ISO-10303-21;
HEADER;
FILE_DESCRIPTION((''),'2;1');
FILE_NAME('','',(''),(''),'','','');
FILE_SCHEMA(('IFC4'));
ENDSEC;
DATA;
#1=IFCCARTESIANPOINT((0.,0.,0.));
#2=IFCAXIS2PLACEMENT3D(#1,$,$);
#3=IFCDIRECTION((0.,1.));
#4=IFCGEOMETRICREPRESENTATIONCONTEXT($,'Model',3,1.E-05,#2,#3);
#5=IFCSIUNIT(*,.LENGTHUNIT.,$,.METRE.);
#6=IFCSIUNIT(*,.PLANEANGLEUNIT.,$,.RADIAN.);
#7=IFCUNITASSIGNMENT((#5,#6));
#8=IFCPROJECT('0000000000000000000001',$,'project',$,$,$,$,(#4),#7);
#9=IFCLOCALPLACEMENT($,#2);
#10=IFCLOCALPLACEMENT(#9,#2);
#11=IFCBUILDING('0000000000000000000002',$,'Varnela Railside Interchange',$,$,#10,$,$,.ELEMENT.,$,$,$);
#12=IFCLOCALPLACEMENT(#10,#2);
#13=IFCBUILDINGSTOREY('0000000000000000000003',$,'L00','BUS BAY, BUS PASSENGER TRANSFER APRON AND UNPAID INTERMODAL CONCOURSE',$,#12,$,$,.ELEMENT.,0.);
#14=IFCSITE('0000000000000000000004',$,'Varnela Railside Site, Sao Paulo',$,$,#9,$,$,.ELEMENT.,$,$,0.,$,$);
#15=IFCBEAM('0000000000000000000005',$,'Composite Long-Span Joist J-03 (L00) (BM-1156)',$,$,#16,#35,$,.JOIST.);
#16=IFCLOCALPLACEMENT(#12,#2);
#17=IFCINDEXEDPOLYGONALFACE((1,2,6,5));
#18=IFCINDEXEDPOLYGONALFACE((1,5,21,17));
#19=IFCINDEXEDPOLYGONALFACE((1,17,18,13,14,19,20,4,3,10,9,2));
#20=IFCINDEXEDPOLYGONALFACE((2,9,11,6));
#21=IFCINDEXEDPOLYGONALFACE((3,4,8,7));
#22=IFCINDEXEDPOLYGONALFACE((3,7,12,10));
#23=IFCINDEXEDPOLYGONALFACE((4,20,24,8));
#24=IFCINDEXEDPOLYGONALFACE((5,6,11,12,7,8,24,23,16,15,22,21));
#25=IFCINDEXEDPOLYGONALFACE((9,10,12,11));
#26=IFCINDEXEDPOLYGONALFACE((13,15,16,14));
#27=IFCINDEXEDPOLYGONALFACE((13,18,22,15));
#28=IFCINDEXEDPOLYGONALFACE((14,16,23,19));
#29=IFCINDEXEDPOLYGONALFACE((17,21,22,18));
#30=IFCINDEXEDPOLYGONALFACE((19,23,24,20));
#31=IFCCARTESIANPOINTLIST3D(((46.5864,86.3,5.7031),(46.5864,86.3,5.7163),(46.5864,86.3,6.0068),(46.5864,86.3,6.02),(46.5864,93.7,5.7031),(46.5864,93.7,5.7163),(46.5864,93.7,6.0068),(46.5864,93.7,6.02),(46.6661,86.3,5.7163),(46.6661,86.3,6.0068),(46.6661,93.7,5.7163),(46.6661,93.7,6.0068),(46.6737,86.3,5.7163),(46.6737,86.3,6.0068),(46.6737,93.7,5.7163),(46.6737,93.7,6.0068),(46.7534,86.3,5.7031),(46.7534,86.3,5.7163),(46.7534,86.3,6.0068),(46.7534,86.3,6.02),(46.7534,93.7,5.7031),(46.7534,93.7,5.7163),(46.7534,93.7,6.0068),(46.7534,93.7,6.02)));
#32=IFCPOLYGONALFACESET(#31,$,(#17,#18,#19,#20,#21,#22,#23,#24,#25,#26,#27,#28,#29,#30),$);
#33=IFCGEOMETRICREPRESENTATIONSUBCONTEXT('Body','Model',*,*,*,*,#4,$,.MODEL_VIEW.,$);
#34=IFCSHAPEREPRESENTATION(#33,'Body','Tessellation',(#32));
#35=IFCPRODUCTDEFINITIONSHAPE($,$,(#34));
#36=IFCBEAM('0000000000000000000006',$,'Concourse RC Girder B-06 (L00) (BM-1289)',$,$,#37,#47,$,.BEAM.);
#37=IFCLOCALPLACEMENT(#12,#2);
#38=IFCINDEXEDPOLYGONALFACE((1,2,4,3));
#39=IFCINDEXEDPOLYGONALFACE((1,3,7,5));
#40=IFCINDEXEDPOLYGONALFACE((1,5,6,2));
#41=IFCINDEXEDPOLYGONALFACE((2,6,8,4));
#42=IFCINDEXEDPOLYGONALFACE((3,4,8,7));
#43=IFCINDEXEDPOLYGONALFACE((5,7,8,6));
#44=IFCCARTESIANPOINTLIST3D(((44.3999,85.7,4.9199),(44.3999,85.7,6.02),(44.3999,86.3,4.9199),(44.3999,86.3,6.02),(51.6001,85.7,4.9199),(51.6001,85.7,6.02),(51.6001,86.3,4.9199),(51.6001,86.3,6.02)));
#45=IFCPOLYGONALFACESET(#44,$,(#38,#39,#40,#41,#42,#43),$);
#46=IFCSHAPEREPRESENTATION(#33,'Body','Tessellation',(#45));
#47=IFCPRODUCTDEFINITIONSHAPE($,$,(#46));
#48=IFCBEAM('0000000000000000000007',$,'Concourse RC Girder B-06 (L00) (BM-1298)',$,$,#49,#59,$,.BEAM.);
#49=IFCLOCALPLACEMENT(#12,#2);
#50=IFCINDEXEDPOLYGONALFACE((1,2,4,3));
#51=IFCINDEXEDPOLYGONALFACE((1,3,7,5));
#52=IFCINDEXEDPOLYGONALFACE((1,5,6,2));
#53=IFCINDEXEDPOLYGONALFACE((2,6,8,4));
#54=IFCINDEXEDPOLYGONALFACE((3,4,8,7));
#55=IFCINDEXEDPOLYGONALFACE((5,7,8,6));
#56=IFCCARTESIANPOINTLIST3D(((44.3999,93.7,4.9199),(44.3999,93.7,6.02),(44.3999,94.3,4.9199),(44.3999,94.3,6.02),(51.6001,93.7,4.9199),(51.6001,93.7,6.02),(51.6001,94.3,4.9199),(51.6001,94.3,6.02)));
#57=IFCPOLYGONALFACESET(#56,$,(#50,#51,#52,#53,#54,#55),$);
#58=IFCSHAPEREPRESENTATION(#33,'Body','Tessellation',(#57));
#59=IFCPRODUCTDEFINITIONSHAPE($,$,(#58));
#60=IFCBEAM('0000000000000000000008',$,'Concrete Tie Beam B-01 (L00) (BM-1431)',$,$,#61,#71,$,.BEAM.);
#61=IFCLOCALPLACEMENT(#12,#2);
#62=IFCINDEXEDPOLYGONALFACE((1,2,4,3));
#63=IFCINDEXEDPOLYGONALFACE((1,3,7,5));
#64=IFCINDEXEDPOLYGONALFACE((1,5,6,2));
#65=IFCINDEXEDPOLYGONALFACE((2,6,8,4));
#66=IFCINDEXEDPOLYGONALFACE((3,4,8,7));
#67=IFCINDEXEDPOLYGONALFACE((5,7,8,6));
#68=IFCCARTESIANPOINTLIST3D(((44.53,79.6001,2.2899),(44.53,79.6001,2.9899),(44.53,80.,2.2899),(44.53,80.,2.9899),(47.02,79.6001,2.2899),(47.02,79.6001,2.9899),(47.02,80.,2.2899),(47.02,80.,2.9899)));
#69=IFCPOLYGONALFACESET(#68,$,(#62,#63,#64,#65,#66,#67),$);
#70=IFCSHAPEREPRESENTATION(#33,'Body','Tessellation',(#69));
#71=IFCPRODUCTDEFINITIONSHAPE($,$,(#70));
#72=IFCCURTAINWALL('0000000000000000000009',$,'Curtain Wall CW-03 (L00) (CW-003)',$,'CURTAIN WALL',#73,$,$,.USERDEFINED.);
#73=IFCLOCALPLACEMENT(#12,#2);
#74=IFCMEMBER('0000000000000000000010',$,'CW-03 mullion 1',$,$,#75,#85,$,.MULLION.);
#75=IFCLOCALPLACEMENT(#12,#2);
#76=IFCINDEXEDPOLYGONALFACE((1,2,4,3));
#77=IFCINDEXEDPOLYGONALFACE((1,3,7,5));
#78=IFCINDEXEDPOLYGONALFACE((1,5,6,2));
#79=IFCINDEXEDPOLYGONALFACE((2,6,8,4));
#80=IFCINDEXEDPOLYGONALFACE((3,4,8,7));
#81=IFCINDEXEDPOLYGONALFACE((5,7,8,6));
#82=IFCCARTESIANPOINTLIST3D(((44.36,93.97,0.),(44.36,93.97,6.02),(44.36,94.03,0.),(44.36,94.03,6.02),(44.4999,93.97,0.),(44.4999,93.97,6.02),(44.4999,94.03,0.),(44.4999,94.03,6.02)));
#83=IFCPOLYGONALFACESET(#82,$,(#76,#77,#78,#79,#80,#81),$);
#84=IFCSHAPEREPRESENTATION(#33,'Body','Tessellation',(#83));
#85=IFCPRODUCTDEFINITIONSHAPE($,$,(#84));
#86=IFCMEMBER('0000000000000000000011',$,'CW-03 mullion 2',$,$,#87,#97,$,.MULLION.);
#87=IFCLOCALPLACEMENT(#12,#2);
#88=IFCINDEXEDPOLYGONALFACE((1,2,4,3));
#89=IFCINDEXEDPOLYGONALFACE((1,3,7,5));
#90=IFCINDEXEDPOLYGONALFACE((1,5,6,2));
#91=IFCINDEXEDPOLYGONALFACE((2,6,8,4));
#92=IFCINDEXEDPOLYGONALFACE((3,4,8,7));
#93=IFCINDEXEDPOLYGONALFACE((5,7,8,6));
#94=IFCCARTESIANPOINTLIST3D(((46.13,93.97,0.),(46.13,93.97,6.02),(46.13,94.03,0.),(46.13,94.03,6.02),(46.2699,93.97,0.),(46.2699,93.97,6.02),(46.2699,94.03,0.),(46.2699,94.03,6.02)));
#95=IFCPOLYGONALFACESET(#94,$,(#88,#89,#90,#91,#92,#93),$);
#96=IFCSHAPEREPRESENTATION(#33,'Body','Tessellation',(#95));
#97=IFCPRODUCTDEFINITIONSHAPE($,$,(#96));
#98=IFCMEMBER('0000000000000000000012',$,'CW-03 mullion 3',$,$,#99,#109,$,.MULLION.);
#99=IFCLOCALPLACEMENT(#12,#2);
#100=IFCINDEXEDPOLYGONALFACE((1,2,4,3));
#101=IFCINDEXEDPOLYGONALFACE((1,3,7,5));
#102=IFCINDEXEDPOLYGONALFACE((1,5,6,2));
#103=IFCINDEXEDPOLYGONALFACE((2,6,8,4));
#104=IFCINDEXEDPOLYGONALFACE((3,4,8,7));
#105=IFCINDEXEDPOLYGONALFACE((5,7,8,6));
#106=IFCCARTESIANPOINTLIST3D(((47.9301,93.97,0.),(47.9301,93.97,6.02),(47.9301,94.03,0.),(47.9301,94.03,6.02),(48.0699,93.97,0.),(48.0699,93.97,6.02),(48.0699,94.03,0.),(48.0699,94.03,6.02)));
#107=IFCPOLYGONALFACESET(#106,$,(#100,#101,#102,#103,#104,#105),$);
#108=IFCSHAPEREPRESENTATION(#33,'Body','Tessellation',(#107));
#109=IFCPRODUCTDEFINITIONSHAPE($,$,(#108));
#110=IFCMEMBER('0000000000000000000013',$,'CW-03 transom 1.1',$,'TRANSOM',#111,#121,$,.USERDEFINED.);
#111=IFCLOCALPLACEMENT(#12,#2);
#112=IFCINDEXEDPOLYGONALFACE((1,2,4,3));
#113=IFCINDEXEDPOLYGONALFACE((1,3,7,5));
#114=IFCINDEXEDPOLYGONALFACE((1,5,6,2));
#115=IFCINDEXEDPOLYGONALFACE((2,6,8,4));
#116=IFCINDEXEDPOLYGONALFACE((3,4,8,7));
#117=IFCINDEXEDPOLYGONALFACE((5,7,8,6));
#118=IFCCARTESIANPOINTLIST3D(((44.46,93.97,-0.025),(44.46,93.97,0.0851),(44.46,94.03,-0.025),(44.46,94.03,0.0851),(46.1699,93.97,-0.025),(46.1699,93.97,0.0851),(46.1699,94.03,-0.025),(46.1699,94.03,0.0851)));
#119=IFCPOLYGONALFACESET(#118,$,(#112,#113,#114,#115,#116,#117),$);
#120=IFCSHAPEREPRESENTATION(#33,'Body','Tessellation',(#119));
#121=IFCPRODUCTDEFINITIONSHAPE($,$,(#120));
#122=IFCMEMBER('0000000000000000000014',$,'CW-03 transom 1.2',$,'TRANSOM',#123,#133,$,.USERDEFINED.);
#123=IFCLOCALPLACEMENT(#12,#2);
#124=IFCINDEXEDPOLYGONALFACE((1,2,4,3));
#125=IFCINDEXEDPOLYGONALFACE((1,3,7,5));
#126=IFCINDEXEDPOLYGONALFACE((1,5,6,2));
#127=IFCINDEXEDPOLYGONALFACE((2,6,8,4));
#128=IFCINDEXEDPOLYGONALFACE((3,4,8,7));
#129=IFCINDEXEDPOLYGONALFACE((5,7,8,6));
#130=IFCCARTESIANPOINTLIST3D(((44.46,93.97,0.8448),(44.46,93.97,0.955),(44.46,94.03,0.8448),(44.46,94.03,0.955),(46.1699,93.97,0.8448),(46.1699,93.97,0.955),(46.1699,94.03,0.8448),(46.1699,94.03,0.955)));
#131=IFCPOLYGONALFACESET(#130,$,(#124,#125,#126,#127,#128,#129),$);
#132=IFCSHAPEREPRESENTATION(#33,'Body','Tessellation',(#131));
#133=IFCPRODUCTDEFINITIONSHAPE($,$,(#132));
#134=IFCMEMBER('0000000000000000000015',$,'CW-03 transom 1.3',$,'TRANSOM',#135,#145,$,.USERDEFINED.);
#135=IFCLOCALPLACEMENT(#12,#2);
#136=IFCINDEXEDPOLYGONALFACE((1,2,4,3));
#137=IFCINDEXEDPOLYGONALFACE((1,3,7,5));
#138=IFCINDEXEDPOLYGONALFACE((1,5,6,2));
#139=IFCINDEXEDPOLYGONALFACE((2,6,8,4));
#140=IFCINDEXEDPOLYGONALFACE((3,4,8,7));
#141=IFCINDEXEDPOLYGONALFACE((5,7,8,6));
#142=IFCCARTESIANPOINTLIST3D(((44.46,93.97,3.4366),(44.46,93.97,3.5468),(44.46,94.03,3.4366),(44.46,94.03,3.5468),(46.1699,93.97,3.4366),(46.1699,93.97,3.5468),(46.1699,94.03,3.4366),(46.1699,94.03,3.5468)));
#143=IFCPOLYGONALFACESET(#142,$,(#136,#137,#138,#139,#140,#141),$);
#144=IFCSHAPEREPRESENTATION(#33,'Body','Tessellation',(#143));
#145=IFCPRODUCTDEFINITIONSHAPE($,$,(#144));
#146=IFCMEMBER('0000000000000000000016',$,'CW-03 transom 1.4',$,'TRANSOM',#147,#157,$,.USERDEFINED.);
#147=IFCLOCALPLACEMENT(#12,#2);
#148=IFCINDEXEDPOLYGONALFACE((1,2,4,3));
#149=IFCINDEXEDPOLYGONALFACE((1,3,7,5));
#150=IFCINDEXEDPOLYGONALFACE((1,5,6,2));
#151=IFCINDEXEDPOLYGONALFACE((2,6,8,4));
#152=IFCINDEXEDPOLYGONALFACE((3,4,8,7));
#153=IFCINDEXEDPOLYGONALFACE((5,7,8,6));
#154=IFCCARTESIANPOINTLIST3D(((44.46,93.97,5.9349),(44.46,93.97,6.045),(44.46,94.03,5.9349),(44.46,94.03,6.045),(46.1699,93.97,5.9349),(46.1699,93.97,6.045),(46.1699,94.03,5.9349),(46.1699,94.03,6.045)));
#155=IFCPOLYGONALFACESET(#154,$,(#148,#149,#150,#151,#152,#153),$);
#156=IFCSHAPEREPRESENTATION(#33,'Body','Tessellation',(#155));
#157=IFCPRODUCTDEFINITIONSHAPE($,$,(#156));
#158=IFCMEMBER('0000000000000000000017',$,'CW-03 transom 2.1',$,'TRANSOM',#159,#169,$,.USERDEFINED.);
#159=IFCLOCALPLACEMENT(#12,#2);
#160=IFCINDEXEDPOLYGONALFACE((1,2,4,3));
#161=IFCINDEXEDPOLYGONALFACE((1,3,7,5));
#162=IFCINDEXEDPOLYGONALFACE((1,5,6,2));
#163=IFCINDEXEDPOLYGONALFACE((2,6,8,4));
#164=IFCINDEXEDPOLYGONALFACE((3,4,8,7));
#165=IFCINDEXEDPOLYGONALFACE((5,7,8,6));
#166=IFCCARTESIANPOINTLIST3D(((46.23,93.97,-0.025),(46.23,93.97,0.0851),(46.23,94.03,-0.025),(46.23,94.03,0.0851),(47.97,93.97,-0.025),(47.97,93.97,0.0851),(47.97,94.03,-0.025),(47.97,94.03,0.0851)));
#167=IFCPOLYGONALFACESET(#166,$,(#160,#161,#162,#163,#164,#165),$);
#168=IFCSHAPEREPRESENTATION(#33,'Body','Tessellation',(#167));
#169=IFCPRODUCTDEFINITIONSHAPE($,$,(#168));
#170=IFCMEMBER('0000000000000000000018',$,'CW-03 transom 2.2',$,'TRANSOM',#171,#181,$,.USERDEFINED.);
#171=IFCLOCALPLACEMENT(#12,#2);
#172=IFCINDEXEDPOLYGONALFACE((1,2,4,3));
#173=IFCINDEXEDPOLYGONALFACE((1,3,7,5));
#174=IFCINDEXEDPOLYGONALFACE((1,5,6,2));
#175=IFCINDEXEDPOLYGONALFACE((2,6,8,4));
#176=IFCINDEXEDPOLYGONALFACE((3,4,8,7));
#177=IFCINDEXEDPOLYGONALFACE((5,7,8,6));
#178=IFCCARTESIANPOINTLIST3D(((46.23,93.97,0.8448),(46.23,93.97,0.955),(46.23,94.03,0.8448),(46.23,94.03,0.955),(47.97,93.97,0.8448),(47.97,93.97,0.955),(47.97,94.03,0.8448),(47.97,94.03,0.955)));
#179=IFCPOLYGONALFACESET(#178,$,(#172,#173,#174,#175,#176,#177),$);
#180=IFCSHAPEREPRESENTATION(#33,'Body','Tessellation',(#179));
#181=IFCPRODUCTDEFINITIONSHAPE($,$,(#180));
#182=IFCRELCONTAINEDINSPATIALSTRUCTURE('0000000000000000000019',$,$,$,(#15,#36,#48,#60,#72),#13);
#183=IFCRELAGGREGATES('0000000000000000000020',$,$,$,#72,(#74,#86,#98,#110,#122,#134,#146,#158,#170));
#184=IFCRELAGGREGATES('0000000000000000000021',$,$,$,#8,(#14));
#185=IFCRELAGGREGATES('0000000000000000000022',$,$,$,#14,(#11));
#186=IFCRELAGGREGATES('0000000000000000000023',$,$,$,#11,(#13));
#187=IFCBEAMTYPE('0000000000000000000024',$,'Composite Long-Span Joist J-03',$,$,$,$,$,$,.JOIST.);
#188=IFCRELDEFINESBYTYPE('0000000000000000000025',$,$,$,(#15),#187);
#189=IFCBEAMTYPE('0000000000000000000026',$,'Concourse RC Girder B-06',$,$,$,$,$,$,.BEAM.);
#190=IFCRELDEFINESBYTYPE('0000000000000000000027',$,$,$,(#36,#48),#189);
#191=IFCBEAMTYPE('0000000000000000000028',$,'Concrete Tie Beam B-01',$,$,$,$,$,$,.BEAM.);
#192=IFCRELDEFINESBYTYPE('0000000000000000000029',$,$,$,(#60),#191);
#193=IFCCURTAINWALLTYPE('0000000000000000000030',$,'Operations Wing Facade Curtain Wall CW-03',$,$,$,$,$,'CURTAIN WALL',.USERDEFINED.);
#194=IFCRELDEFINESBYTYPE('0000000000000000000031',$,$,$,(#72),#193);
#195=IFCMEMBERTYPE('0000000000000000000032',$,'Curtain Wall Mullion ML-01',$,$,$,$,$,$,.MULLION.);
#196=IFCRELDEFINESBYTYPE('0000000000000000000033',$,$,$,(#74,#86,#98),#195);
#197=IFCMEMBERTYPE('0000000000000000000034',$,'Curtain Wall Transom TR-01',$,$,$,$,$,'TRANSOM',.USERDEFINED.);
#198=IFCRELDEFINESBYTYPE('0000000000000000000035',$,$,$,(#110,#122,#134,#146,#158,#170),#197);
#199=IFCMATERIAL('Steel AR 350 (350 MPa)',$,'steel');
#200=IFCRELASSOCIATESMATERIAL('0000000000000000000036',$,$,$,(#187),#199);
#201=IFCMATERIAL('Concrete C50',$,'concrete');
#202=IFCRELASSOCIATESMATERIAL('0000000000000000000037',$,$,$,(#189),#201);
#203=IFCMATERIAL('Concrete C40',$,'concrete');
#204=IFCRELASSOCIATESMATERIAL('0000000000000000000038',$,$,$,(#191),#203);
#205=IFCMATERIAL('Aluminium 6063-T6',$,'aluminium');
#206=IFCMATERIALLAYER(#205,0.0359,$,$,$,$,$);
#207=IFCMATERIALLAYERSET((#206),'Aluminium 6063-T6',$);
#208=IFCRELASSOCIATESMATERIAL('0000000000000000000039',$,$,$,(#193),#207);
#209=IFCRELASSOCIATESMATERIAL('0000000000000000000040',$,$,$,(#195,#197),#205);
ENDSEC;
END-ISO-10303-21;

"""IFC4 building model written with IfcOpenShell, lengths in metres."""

from ifc_helpers import new_model, si_unit, direction, frame, origin, origin_2d, place, context, subcontext, project, spatial, rectangle, i_section, extrude, material, layer, layer_set, material_profile, profile_set, type_object, element, aggregate, save


model = new_model("IFC4")

# Units and contexts
model_context = context("Model", 3, precision=1e-05, world=origin(), true_north=direction((0.0, 1.0)))
body_context = subcontext(model_context, "Body", "Model", "MODEL_VIEW")
ifc_project = project(units=[si_unit("LENGTHUNIT", "METRE"), si_unit("PLANEANGLEUNIT", "RADIAN")], contexts=[model_context])

# Site, building, storey
site_placement = place(None, origin())
site = spatial("IfcSite", under=ifc_project, at=site_placement, Name="Varnela Railside Site, Sao Paulo", CompositionType="ELEMENT", RefElevation=0.0)
building_placement = place(site_placement, origin())
building = spatial("IfcBuilding", under=site, at=building_placement, Name="Varnela Railside Interchange", CompositionType="ELEMENT")
storey_placement = place(building_placement, origin())
storey = spatial("IfcBuildingStorey", under=building, at=storey_placement, Name="L00", Description="BUS BAY, BUS PASSENGER TRANSFER APRON AND UNPAID INTERMODAL CONCOURSE", CompositionType="ELEMENT", Elevation=0.0)

# Beams
ifc_material_1 = material(Name="Steel AR 350 (350 MPa)", Category="steel")
ifc_material_profile_1 = material_profile(ifc_material_1, i_section(OverallWidth=0.167, OverallDepth=0.3169, WebThickness=0.0076, FlangeThickness=0.0132, at=origin_2d()), Name="W310x52")
ifc_profile_set_1 = profile_set([ifc_material_profile_1], Name="Steel AR 350 (350 MPa)")
beam_type_1 = type_object("IfcBeamType", Name="Composite Long-Span Joist J-03", PredefinedType="JOIST", material=ifc_profile_set_1)
beam_1_placement = place(storey_placement, frame((46.6699, 86.3, 5.8616), z_axis=(0.0, 1.0, 0.0), x_axis=(-1.0, 0.0, 0.0)))
element("IfcBeam", 1, at=beam_1_placement, inside=storey, type_object=beam_type_1, Name="Composite Long-Span Joist J-03 (L00) (BM-1156)", PredefinedType="JOIST", context=body_context, shape_type="SweptSolid", body=[
    extrude(i_section(OverallWidth=0.167, OverallDepth=0.3169, WebThickness=0.0076, FlangeThickness=0.0132, at=origin_2d()), origin(), (0.0, 0.0, 1.0), 7.3999),
])
ifc_material_2 = material(Name="Concrete C50", Category="concrete")
ifc_material_profile_2 = material_profile(ifc_material_2, rectangle(XDim=0.6001, YDim=1.1001, at=origin_2d()), Name="RC 600x1100")
ifc_profile_set_2 = profile_set([ifc_material_profile_2], Name="Concrete C50")
beam_type_2 = type_object("IfcBeamType", Name="Concourse RC Girder B-06", PredefinedType="BEAM", material=ifc_profile_set_2)
for number, where, z_axis, x_axis, name in (
    (2, (44.3999, 86.0, 5.47), (1.0, 0.0, 0.0), (0.0, 1.0, 0.0), "Concourse RC Girder B-06 (L00) (BM-1289)"),
    (3, (44.3999, 94.0, 5.47), (1.0, 0.0, 0.0), (0.0, 1.0, 0.0), "Concourse RC Girder B-06 (L00) (BM-1298)"),
):
    element("IfcBeam", number, at=place(storey_placement, frame(where, z_axis=z_axis, x_axis=x_axis)), inside=storey, type_object=beam_type_2, Name=name, PredefinedType="BEAM", context=body_context, shape_type="SweptSolid", body=[
        extrude(rectangle(XDim=0.6001, YDim=1.1001, at=origin_2d()), origin(), (0.0, 0.0, 1.0), 7.2002),
    ])
ifc_material_3 = material(Name="Concrete C40", Category="concrete")
ifc_material_profile_3 = material_profile(ifc_material_3, rectangle(XDim=0.3999, YDim=0.7, at=origin_2d()), Name="RC 400x700")
ifc_profile_set_3 = profile_set([ifc_material_profile_3], Name="Concrete C40")
beam_type_3 = type_object("IfcBeamType", Name="Concrete Tie Beam B-01", PredefinedType="BEAM", material=ifc_profile_set_3)
beam_2_placement = place(storey_placement, frame((44.53, 79.8, 2.6399), z_axis=(1.0, 0.0, 0.0), x_axis=(0.0, 1.0, 0.0)))
element("IfcBeam", 4, at=beam_2_placement, inside=storey, type_object=beam_type_3, Name="Concrete Tie Beam B-01 (L00) (BM-1431)", PredefinedType="BEAM", context=body_context, shape_type="SweptSolid", body=[
    extrude(rectangle(XDim=0.3999, YDim=0.7, at=origin_2d()), origin(), (0.0, 0.0, 1.0), 2.49),
])

# Curtain wall, members
ifc_material_4 = material(Name="Aluminium 6063-T6", Category="aluminium")
ifc_layer_1 = layer(ifc_material_4, 0.0359)
ifc_layer_set_1 = layer_set([ifc_layer_1], Name="Aluminium 6063-T6")
curtain_wall_type = type_object("IfcCurtainWallType", Name="Operations Wing Facade Curtain Wall CW-03", ElementType="CURTAIN WALL", PredefinedType="USERDEFINED", material=ifc_layer_set_1)
curtain_wall_placement = place(storey_placement, origin())
curtain_wall = element("IfcCurtainWall", 5, at=curtain_wall_placement, inside=storey, type_object=curtain_wall_type, Name="Curtain Wall CW-03 (L00) (CW-003)", ObjectType="CURTAIN WALL", PredefinedType="USERDEFINED")
ifc_material_profile_4 = material_profile(ifc_material_4, rectangle(XDim=0.0601, YDim=0.1399, at=origin_2d()), Name="ALU 60x140")
ifc_profile_set_4 = profile_set([ifc_material_profile_4], Name="Aluminium 6063-T6")
member_type_1 = type_object("IfcMemberType", Name="Curtain Wall Mullion ML-01", PredefinedType="MULLION", material=ifc_profile_set_4)
member_1_placement = place(storey_placement, frame((44.4299, 94.0, 0.0), z_axis=(0.0, 0.0, 1.0), x_axis=(0.0, 1.0, 0.0)))
member_1 = element("IfcMember", 6, at=member_1_placement, type_object=member_type_1, Name="CW-03 mullion 1", PredefinedType="MULLION", context=body_context, shape_type="SweptSolid", body=[
    extrude(rectangle(XDim=0.0601, YDim=0.1399, at=origin_2d()), origin(), (0.0, 0.0, 1.0), 6.02),
])
member_2_placement = place(storey_placement, frame((46.2, 94.0, 0.0), z_axis=(0.0, 0.0, 1.0), x_axis=(0.0, 1.0, 0.0)))
member_2 = element("IfcMember", 7, at=member_2_placement, type_object=member_type_1, Name="CW-03 mullion 2", PredefinedType="MULLION", context=body_context, shape_type="SweptSolid", body=[
    extrude(rectangle(XDim=0.0601, YDim=0.1399, at=origin_2d()), origin(), (0.0, 0.0, 1.0), 6.02),
])
member_3_placement = place(storey_placement, frame((48.0, 94.0, 0.0), z_axis=(0.0, 0.0, 1.0), x_axis=(0.0, 1.0, 0.0)))
member_3 = element("IfcMember", 8, at=member_3_placement, type_object=member_type_1, Name="CW-03 mullion 3", PredefinedType="MULLION", context=body_context, shape_type="SweptSolid", body=[
    extrude(rectangle(XDim=0.0601, YDim=0.1399, at=origin_2d()), origin(), (0.0, 0.0, 1.0), 6.02),
])
ifc_material_profile_5 = material_profile(ifc_material_4, rectangle(XDim=0.0601, YDim=0.1101, at=origin_2d()), Name="ALU 60x110")
ifc_profile_set_5 = profile_set([ifc_material_profile_5], Name="Aluminium 6063-T6")
member_type_2 = type_object("IfcMemberType", Name="Curtain Wall Transom TR-01", ElementType="TRANSOM", PredefinedType="USERDEFINED", material=ifc_profile_set_5)
member_4_placement = place(storey_placement, frame((44.46, 94.0, 0.03), z_axis=(1.0, 0.0, 0.0), x_axis=(0.0, 1.0, 0.0)))
member_4 = element("IfcMember", 9, at=member_4_placement, type_object=member_type_2, Name="CW-03 transom 1.1", ObjectType="TRANSOM", PredefinedType="USERDEFINED", context=body_context, shape_type="SweptSolid", body=[
    extrude(rectangle(XDim=0.0601, YDim=0.1101, at=origin_2d()), origin(), (0.0, 0.0, 1.0), 1.71),
])
member_5_placement = place(storey_placement, frame((44.46, 94.0, 0.8999), z_axis=(1.0, 0.0, 0.0), x_axis=(0.0, 1.0, 0.0)))
member_5 = element("IfcMember", 10, at=member_5_placement, type_object=member_type_2, Name="CW-03 transom 1.2", ObjectType="TRANSOM", PredefinedType="USERDEFINED", context=body_context, shape_type="SweptSolid", body=[
    extrude(rectangle(XDim=0.0601, YDim=0.1101, at=origin_2d()), origin(), (0.0, 0.0, 1.0), 1.71),
])
member_6_placement = place(storey_placement, frame((44.46, 94.0, 3.4917), z_axis=(1.0, 0.0, 0.0), x_axis=(0.0, 1.0, 0.0)))
member_6 = element("IfcMember", 11, at=member_6_placement, type_object=member_type_2, Name="CW-03 transom 1.3", ObjectType="TRANSOM", PredefinedType="USERDEFINED", context=body_context, shape_type="SweptSolid", body=[
    extrude(rectangle(XDim=0.0601, YDim=0.1101, at=origin_2d()), origin(), (0.0, 0.0, 1.0), 1.71),
])
member_7_placement = place(storey_placement, frame((44.46, 94.0, 5.99), z_axis=(1.0, 0.0, 0.0), x_axis=(0.0, 1.0, 0.0)))
member_7 = element("IfcMember", 12, at=member_7_placement, type_object=member_type_2, Name="CW-03 transom 1.4", ObjectType="TRANSOM", PredefinedType="USERDEFINED", context=body_context, shape_type="SweptSolid", body=[
    extrude(rectangle(XDim=0.0601, YDim=0.1101, at=origin_2d()), origin(), (0.0, 0.0, 1.0), 1.71),
])
member_8_placement = place(storey_placement, frame((46.23, 94.0, 0.03), z_axis=(1.0, 0.0, 0.0), x_axis=(0.0, 1.0, 0.0)))
member_8 = element("IfcMember", 13, at=member_8_placement, type_object=member_type_2, Name="CW-03 transom 2.1", ObjectType="TRANSOM", PredefinedType="USERDEFINED", context=body_context, shape_type="SweptSolid", body=[
    extrude(rectangle(XDim=0.0601, YDim=0.1101, at=origin_2d()), origin(), (0.0, 0.0, 1.0), 1.74),
])
member_9_placement = place(storey_placement, frame((46.23, 94.0, 0.8999), z_axis=(1.0, 0.0, 0.0), x_axis=(0.0, 1.0, 0.0)))
member_9 = element("IfcMember", 14, at=member_9_placement, type_object=member_type_2, Name="CW-03 transom 2.2", ObjectType="TRANSOM", PredefinedType="USERDEFINED", context=body_context, shape_type="SweptSolid", body=[
    extrude(rectangle(XDim=0.0601, YDim=0.1101, at=origin_2d()), origin(), (0.0, 0.0, 1.0), 1.74),
])
aggregate(curtain_wall, [member_1, member_2, member_3, member_4, member_5, member_6, member_7, member_8, member_9])

save(model, "model.ifc")
